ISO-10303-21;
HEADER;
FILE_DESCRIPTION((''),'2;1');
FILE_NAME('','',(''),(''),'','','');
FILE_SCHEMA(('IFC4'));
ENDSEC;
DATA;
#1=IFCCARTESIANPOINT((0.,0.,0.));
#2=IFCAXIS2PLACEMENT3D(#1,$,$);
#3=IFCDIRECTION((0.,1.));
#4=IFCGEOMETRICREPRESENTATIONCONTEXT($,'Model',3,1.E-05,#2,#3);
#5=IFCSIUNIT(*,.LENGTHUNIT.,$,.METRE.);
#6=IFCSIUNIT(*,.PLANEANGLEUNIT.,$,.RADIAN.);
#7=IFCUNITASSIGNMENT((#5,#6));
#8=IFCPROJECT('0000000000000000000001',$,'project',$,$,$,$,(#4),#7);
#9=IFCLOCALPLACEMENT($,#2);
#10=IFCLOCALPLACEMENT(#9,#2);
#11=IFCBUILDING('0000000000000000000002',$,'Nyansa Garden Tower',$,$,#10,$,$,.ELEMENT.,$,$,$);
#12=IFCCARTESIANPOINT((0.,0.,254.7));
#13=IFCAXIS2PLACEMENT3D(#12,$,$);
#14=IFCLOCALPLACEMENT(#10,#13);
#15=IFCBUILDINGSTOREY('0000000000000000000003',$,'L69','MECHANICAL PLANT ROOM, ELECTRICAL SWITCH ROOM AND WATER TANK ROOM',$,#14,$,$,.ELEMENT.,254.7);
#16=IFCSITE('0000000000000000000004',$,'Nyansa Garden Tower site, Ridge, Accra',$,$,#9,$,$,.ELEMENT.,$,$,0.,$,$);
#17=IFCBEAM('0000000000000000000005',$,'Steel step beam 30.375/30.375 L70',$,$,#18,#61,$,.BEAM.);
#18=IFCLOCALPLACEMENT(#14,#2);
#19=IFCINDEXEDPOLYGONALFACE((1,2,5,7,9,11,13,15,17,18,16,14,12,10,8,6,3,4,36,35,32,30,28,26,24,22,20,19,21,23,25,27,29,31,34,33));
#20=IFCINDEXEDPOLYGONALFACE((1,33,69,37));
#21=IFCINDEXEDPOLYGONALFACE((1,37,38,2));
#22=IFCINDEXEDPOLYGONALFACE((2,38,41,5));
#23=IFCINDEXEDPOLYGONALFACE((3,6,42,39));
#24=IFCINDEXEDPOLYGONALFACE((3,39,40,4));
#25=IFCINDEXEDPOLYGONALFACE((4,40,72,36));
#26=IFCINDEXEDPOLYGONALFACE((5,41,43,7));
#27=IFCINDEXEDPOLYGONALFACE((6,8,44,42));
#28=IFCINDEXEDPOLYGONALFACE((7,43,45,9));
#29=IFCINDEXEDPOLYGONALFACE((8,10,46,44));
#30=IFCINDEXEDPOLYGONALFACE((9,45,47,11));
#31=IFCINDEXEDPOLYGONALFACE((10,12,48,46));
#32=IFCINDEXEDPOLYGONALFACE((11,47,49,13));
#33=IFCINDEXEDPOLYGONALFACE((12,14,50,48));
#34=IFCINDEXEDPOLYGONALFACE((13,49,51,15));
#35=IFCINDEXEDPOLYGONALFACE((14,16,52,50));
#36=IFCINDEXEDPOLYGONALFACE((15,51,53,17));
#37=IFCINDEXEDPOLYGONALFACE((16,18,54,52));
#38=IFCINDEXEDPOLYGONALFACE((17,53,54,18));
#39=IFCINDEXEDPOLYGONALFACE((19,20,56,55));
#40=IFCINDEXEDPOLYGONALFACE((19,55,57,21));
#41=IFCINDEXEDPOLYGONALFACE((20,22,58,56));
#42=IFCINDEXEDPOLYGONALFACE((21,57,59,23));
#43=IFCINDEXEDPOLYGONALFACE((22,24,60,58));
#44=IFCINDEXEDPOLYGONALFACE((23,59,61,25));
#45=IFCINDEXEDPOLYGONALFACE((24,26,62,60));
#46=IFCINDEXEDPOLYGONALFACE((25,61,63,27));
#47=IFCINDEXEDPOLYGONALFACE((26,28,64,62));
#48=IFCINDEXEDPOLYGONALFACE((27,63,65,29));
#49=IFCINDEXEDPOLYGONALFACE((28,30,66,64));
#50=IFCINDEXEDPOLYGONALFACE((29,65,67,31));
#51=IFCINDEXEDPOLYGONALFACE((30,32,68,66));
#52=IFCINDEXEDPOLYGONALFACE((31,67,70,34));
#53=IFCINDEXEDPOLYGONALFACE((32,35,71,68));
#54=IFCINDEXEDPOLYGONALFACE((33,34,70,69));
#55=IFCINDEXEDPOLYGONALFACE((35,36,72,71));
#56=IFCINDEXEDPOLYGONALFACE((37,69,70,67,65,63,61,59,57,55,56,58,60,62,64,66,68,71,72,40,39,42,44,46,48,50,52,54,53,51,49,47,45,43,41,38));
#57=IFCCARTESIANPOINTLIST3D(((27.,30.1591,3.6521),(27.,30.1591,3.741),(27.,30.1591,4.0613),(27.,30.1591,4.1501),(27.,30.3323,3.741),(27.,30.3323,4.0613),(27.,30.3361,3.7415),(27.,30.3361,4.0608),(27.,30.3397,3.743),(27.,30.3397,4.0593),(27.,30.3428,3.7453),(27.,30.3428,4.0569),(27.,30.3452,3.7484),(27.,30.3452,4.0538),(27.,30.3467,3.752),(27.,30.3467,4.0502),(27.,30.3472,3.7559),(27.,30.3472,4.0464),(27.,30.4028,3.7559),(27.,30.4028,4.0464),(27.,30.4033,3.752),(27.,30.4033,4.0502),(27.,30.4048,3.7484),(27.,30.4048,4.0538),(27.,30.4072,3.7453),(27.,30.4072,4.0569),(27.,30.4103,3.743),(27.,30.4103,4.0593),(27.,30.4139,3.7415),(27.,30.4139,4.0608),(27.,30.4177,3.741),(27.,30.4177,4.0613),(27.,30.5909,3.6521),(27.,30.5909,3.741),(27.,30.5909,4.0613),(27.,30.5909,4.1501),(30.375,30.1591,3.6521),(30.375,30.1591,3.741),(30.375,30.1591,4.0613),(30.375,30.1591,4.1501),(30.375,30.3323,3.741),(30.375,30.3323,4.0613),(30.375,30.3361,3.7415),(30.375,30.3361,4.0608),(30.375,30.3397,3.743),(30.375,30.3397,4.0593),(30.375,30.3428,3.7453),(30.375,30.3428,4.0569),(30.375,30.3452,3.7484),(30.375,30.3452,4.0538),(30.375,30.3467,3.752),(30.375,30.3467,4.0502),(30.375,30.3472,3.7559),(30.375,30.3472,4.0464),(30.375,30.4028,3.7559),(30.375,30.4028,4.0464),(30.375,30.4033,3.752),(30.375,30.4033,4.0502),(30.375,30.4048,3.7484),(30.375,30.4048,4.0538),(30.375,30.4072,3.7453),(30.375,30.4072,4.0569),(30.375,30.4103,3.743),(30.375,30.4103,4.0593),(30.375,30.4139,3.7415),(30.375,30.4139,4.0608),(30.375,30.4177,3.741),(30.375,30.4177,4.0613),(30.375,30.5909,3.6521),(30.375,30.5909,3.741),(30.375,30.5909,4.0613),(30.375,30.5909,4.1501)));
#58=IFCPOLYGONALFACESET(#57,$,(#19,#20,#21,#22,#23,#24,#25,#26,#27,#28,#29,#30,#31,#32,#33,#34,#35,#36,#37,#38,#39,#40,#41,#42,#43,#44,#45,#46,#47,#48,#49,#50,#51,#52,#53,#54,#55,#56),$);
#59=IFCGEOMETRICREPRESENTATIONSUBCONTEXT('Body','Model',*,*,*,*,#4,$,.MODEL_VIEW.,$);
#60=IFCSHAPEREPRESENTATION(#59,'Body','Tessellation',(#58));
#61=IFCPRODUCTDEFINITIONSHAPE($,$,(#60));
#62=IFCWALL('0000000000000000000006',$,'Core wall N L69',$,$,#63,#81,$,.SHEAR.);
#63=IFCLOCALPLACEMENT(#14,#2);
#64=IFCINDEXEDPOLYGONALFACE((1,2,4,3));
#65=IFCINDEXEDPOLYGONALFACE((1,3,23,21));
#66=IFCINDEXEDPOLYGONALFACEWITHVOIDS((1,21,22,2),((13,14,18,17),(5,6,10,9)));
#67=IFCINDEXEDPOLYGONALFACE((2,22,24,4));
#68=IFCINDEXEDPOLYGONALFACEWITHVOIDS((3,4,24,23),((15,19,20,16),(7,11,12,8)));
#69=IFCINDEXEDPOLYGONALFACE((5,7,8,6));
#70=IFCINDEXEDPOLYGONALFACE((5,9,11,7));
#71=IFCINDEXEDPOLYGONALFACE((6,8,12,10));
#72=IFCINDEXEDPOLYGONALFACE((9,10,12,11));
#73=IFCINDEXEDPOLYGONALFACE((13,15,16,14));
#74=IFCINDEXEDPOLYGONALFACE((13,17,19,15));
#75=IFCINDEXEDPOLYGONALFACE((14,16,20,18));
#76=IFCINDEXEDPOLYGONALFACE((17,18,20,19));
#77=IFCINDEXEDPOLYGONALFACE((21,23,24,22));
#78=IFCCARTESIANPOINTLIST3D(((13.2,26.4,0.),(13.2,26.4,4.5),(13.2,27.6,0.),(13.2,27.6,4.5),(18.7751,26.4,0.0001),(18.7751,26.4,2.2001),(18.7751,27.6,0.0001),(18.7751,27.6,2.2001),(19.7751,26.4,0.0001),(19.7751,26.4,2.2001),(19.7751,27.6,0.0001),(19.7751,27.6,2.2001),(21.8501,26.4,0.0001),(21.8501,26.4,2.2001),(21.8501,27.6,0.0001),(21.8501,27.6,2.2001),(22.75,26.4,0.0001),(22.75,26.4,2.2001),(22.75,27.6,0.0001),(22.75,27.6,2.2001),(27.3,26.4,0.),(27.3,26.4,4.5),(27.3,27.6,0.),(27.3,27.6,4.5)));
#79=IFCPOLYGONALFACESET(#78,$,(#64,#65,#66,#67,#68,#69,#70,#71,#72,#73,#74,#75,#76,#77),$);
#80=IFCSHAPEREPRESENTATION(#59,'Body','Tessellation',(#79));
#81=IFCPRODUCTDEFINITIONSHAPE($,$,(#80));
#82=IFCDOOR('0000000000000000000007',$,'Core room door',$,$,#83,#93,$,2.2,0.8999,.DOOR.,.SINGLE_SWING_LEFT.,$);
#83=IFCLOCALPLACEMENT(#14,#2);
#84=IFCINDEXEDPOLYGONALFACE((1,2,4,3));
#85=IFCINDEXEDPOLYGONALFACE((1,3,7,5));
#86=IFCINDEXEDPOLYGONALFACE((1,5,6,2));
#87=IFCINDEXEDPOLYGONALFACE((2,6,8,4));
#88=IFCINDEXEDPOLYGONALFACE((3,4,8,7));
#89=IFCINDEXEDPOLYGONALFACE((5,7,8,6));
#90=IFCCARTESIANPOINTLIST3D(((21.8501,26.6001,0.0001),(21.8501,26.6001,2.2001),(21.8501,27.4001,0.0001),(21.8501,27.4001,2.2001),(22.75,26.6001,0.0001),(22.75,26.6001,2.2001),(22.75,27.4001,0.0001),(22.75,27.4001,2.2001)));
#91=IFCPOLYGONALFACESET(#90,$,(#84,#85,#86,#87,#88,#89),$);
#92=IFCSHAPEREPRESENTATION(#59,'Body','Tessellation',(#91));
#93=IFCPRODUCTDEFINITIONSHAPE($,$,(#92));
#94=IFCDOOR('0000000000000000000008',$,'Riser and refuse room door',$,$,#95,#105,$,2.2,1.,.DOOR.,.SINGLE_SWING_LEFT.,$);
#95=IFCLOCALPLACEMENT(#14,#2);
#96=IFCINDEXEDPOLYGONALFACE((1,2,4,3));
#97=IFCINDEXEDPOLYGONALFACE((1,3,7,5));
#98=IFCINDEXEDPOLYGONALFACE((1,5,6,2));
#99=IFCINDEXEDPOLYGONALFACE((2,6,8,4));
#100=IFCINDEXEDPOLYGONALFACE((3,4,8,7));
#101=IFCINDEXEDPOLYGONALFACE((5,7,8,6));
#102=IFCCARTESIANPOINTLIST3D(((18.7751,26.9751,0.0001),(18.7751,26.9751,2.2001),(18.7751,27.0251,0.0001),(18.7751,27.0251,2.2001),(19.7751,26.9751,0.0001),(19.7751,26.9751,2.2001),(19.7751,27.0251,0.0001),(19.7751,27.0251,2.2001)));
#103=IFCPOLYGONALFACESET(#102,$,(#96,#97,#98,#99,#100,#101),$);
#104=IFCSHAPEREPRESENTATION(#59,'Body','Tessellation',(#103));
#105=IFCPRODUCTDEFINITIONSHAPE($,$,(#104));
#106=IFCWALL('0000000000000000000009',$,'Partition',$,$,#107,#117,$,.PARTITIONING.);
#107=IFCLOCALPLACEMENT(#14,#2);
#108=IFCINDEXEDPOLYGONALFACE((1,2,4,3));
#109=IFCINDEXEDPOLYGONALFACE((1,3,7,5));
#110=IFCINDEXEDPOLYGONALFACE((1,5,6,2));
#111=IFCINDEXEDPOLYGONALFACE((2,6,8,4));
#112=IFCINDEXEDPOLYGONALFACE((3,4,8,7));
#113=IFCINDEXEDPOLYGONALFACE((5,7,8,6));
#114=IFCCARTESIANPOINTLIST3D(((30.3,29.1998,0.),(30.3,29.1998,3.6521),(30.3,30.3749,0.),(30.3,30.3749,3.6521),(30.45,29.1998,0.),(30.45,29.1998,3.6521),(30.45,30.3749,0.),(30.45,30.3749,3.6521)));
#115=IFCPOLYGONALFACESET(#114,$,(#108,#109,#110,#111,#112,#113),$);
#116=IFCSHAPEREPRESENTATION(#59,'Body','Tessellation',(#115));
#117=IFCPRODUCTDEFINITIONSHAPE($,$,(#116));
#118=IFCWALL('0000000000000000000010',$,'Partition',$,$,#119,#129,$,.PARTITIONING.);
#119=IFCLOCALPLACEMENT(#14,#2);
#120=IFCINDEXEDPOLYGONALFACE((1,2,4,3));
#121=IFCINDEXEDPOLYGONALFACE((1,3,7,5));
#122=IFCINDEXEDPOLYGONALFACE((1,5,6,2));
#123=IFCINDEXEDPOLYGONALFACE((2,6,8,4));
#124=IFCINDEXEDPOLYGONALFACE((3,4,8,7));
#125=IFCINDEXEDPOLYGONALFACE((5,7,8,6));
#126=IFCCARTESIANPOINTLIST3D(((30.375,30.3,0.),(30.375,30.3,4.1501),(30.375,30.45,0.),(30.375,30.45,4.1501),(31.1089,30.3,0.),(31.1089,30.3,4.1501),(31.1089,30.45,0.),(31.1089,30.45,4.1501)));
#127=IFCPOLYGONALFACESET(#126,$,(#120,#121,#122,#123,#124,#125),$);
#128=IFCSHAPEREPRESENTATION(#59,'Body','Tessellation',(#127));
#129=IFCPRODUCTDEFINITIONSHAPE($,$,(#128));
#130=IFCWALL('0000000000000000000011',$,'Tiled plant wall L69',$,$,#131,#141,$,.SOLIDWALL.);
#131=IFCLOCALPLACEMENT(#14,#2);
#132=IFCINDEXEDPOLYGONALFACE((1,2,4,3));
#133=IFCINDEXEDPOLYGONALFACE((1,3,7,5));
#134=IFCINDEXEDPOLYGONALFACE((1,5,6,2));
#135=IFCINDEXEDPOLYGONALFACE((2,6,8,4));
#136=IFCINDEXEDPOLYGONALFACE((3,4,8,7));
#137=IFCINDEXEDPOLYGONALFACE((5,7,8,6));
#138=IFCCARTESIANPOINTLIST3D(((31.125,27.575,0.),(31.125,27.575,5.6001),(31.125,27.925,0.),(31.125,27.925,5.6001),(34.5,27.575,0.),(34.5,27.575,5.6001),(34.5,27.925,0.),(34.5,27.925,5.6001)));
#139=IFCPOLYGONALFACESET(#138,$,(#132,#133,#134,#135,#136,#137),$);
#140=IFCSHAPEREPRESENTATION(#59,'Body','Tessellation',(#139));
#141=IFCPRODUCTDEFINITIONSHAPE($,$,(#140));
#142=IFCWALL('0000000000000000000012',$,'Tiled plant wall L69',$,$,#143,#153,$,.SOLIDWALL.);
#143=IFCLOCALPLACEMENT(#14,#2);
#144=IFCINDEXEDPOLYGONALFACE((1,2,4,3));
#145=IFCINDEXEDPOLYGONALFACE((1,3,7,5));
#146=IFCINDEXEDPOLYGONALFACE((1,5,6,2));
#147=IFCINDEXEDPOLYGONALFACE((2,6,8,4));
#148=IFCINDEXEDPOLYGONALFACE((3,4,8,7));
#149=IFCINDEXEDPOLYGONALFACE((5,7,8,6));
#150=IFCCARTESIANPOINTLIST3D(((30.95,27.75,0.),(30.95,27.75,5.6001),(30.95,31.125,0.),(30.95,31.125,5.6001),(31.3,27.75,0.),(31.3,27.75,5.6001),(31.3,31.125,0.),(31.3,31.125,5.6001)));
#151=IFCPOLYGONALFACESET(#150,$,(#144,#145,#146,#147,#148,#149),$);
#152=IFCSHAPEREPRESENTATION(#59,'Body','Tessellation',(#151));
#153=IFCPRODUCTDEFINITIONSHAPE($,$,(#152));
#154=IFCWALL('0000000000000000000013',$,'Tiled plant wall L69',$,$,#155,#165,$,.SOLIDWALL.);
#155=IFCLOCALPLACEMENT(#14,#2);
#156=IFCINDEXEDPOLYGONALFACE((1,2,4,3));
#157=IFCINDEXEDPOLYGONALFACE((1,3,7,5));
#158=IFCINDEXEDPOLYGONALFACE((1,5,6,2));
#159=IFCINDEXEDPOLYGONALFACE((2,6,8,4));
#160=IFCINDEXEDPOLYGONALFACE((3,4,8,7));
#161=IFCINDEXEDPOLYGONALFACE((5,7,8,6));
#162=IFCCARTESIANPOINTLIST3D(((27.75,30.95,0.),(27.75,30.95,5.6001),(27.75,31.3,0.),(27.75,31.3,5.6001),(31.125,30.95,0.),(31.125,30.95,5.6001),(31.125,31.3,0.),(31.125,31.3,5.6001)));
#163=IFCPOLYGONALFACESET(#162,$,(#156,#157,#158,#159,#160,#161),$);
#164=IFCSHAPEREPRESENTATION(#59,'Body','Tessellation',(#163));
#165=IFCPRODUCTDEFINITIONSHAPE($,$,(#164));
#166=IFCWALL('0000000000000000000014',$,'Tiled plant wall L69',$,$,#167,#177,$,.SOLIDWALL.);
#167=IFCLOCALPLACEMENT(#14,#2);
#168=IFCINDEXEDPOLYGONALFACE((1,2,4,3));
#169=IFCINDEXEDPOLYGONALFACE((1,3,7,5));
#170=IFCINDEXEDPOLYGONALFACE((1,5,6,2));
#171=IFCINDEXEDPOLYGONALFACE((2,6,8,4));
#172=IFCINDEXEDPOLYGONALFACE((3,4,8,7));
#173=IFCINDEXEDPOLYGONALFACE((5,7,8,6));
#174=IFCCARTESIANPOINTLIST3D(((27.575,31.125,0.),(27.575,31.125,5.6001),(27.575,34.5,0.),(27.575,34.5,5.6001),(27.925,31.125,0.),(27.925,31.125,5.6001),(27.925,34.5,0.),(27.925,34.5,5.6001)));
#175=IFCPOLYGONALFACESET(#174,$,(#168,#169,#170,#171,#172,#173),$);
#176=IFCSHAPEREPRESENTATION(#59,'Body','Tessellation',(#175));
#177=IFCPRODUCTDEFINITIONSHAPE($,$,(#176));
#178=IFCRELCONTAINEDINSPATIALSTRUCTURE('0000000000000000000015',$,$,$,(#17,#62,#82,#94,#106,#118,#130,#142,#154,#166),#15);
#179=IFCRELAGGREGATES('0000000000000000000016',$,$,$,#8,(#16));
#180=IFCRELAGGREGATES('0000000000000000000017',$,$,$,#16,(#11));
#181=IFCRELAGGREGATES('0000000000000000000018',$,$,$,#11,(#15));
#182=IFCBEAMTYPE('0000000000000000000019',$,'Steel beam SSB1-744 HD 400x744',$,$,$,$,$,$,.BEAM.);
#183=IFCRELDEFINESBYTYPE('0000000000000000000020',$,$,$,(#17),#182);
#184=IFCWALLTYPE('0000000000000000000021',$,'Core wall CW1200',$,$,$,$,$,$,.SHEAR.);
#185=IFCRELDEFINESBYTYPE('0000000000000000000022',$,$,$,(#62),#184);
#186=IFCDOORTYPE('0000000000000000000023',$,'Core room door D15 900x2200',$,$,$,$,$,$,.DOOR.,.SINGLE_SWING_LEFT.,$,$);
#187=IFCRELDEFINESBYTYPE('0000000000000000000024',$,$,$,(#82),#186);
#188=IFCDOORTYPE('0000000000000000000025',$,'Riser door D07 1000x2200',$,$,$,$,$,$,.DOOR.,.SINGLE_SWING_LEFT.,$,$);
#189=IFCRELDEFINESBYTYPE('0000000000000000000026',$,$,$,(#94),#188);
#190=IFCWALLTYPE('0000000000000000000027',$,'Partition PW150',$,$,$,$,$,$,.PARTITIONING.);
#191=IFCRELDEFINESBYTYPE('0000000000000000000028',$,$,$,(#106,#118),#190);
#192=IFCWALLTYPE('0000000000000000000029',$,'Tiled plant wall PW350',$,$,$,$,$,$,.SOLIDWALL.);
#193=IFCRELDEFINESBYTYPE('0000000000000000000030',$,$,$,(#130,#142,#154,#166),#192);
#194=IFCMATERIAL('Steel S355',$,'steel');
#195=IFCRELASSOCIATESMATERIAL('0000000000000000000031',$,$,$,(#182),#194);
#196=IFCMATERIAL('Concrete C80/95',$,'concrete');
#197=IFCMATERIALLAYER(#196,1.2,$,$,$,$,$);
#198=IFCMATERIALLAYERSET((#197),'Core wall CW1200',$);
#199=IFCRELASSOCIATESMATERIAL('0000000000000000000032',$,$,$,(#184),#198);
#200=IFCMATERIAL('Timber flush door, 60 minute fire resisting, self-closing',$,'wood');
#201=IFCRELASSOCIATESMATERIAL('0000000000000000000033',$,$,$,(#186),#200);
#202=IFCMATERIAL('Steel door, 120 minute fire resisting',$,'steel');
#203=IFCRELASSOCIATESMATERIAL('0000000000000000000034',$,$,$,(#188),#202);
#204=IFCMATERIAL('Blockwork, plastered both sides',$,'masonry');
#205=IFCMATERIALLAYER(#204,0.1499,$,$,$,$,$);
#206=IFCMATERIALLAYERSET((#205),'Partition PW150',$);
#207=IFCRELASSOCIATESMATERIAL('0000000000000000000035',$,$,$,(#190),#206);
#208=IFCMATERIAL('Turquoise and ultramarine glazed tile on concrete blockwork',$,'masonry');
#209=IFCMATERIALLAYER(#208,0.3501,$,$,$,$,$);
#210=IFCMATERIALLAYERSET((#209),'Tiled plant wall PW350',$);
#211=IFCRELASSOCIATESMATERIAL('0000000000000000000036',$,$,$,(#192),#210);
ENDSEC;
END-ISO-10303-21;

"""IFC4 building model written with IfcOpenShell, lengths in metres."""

from ifc_helpers import new_model, si_unit, direction, frame, frame_2d, origin, origin_2d, place, context, subcontext, project, spatial, rectangle, i_section, extrude, material, layer, layer_set, material_profile, profile_set, type_object, element, fill, save


model = new_model("IFC4")

# Units and contexts
model_context = context("Model", 3, precision=1e-05, world=origin(), true_north=direction((0.0, 1.0)))
body_context = subcontext(model_context, "Body", "Model", "MODEL_VIEW")
ifc_project = project(units=[si_unit("LENGTHUNIT", "METRE"), si_unit("PLANEANGLEUNIT", "RADIAN")], contexts=[model_context])

# Site, building, storey
site_placement = place(None, origin())
site = spatial("IfcSite", under=ifc_project, at=site_placement, Name="Nyansa Garden Tower site, Ridge, Accra", CompositionType="ELEMENT", RefElevation=0.0)
building_placement = place(site_placement, origin())
building = spatial("IfcBuilding", under=site, at=building_placement, Name="Nyansa Garden Tower", CompositionType="ELEMENT")
storey_placement = place(building_placement, frame((0.0, 0.0, 254.7)))
storey = spatial("IfcBuildingStorey", under=building, at=storey_placement, Name="L69", Description="MECHANICAL PLANT ROOM, ELECTRICAL SWITCH ROOM AND WATER TANK ROOM", CompositionType="ELEMENT", Elevation=254.7)

# Beam
ifc_material_1 = material(Name="Steel S355", Category="steel")
ifc_material_profile_1 = material_profile(ifc_material_1, i_section(OverallWidth=0.4319, OverallDepth=0.498, WebThickness=0.0557, FlangeThickness=0.0889, FilletRadius=0.0149, at=origin_2d()), Name="HD 400x744")
ifc_profile_set_1 = profile_set([ifc_material_profile_1], Name="Steel S355")
beam_type_1 = type_object("IfcBeamType", Name="Steel beam SSB1-744 HD 400x744", PredefinedType="BEAM", material=ifc_profile_set_1)
for number, where, z_axis, x_axis, name in (
    (1, (30.375, 30.375, 3.9011), (-1.0, 0.0, 0.0), (0.0, -1.0, 0.0), "Steel step beam 30.375/30.375 L70"),
):
    element("IfcBeam", number, at=place(storey_placement, frame(where, z_axis=z_axis, x_axis=x_axis)), inside=storey, type_object=beam_type_1, Name=name, PredefinedType="BEAM", context=body_context, shape_type="SweptSolid", body=[
        extrude(i_section(OverallWidth=0.4319, OverallDepth=0.498, WebThickness=0.0557, FlangeThickness=0.0889, FilletRadius=0.0149, at=origin_2d()), origin(), (0.0, 0.0, 1.0), 3.375),
    ])

# Wall, openings, doors
ifc_material_2 = material(Name="Concrete C80/95", Category="concrete")
ifc_layer_1 = layer(ifc_material_2, 1.2)
ifc_layer_set_1 = layer_set([ifc_layer_1], Name="Core wall CW1200")
wall_type_1 = type_object("IfcWallType", Name="Core wall CW1200", PredefinedType="SHEAR", material=ifc_layer_set_1)
wall_1_placement = place(storey_placement, frame((27.3, 27.0, 0.0), z_axis=(0.0, 0.0, 1.0), x_axis=(-1.0, 0.0, 0.0)))
wall_1 = element("IfcWall", 2, at=wall_1_placement, inside=storey, type_object=wall_type_1, Name="Core wall N L69", PredefinedType="SHEAR", context=body_context, shape_type="SweptSolid", body=[
    extrude(rectangle(XDim=14.1001, YDim=1.2, at=frame_2d((7.05, 0.0))), origin(), (0.0, 0.0, 1.0), 4.5),
])
opening_1_placement = place(wall_1_placement, frame((4.55, 0.0, 0.0)))
opening_1 = element("IfcOpeningElement", 3, at=opening_1_placement, cuts=wall_1, PredefinedType="OPENING", context=body_context, shape_type="SweptSolid", body=[
    extrude(rectangle(XDim=0.8999, YDim=2.2, at=frame_2d((0.45, 1.1001))), frame((0.0, 0.6099, 0.0), z_axis=(0.0, -1.0, 0.0), x_axis=(1.0, 0.0, 0.0)), (0.0, 0.0, 1.0), 1.22),
])
opening_2_placement = place(wall_1_placement, frame((7.5249, 0.0, 0.0)))
opening_2 = element("IfcOpeningElement", 4, at=opening_2_placement, cuts=wall_1, PredefinedType="OPENING", context=body_context, shape_type="SweptSolid", body=[
    extrude(rectangle(XDim=1.0, YDim=2.2, at=frame_2d((0.5, 1.1001))), frame((0.0, 0.6099, 0.0), z_axis=(0.0, -1.0, 0.0), x_axis=(1.0, 0.0, 0.0)), (0.0, 0.0, 1.0), 1.22),
])
ifc_material_3 = material(Name="Timber flush door, 60 minute fire resisting, self-closing", Category="wood")
door_type_1 = type_object("IfcDoorType", Name="Core room door D15 900x2200", OperationType="SINGLE_SWING_LEFT", PredefinedType="DOOR", material=ifc_material_3)
door_1_placement = place(opening_1_placement, origin())
door_1 = element("IfcDoor", 5, at=door_1_placement, inside=storey, type_object=door_type_1, Name="Core room door", OperationType="SINGLE_SWING_LEFT", OverallHeight=2.2, OverallWidth=0.8999, PredefinedType="DOOR", context=body_context, shape_type="SweptSolid", body=[
    extrude(rectangle(XDim=0.8999, YDim=2.2, at=frame_2d((0.45, 1.1001))), frame((0.0, 0.3999, 0.0), z_axis=(0.0, -1.0, 0.0), x_axis=(1.0, 0.0, 0.0)), (0.0, 0.0, 1.0), 0.8),
])
fill(opening_1, door_1)
ifc_material_4 = material(Name="Steel door, 120 minute fire resisting", Category="steel")
door_type_2 = type_object("IfcDoorType", Name="Riser door D07 1000x2200", OperationType="SINGLE_SWING_LEFT", PredefinedType="DOOR", material=ifc_material_4)
door_2_placement = place(opening_2_placement, origin())
door_2 = element("IfcDoor", 6, at=door_2_placement, inside=storey, type_object=door_type_2, Name="Riser and refuse room door", OperationType="SINGLE_SWING_LEFT", OverallHeight=2.2, OverallWidth=1.0, PredefinedType="DOOR", context=body_context, shape_type="SweptSolid", body=[
    extrude(rectangle(XDim=1.0, YDim=2.2, at=frame_2d((0.5, 1.1001))), frame((0.0, 0.0249, 0.0), z_axis=(0.0, -1.0, 0.0), x_axis=(1.0, 0.0, 0.0)), (0.0, 0.0, 1.0), 0.05),
])
fill(opening_2, door_2)

# Walls
ifc_material_5 = material(Name="Blockwork, plastered both sides", Category="masonry")
ifc_layer_2 = layer(ifc_material_5, 0.1499)
ifc_layer_set_2 = layer_set([ifc_layer_2], Name="Partition PW150")
wall_type_2 = type_object("IfcWallType", Name="Partition PW150", PredefinedType="PARTITIONING", material=ifc_layer_set_2)
wall_2_placement = place(storey_placement, frame((30.375, 29.2, 0.0), z_axis=(0.0, 0.0, 1.0), x_axis=(0.0, 1.0, 0.0)))
element("IfcWall", 7, at=wall_2_placement, inside=storey, type_object=wall_type_2, Name="Partition", PredefinedType="PARTITIONING", context=body_context, shape_type="SweptSolid", body=[
    extrude(rectangle(XDim=1.175, YDim=0.1499, at=frame_2d((0.5874, 0.0))), origin(), (0.0, 0.0, 1.0), 3.6521),
])
wall_3_placement = place(storey_placement, frame((30.375, 30.375, 0.0), z_axis=(0.0, 0.0, 1.0), x_axis=(1.0, 0.0, 0.0)))
element("IfcWall", 8, at=wall_3_placement, inside=storey, type_object=wall_type_2, Name="Partition", PredefinedType="PARTITIONING", context=body_context, shape_type="SweptSolid", body=[
    extrude(rectangle(XDim=0.7339, YDim=0.1499, at=frame_2d((0.3669, 0.0))), origin(), (0.0, 0.0, 1.0), 4.1501),
])
ifc_material_6 = material(Name="Turquoise and ultramarine glazed tile on concrete blockwork", Category="masonry")
ifc_layer_3 = layer(ifc_material_6, 0.3501)
ifc_layer_set_3 = layer_set([ifc_layer_3], Name="Tiled plant wall PW350")
wall_type_3 = type_object("IfcWallType", Name="Tiled plant wall PW350", PredefinedType="SOLIDWALL", material=ifc_layer_set_3)
for number, where, z_axis, x_axis, name in (
    (9, (34.5, 27.75, 0.0), (0.0, 0.0, 1.0), (-1.0, 0.0, 0.0), "Tiled plant wall L69"),
    (10, (31.125, 27.75, 0.0), (0.0, 0.0, 1.0), (0.0, 1.0, 0.0), "Tiled plant wall L69"),
    (11, (31.125, 31.125, 0.0), (0.0, 0.0, 1.0), (-1.0, 0.0, 0.0), "Tiled plant wall L69"),
    (12, (27.75, 31.125, 0.0), (0.0, 0.0, 1.0), (0.0, 1.0, 0.0), "Tiled plant wall L69"),
):
    element("IfcWall", number, at=place(storey_placement, frame(where, z_axis=z_axis, x_axis=x_axis)), inside=storey, type_object=wall_type_3, Name=name, PredefinedType="SOLIDWALL", context=body_context, shape_type="SweptSolid", body=[
        extrude(rectangle(XDim=3.375, YDim=0.3501, at=frame_2d((1.6875, 0.0))), origin(), (0.0, 0.0, 1.0), 5.6001),
    ])

save(model, "model.ifc")
